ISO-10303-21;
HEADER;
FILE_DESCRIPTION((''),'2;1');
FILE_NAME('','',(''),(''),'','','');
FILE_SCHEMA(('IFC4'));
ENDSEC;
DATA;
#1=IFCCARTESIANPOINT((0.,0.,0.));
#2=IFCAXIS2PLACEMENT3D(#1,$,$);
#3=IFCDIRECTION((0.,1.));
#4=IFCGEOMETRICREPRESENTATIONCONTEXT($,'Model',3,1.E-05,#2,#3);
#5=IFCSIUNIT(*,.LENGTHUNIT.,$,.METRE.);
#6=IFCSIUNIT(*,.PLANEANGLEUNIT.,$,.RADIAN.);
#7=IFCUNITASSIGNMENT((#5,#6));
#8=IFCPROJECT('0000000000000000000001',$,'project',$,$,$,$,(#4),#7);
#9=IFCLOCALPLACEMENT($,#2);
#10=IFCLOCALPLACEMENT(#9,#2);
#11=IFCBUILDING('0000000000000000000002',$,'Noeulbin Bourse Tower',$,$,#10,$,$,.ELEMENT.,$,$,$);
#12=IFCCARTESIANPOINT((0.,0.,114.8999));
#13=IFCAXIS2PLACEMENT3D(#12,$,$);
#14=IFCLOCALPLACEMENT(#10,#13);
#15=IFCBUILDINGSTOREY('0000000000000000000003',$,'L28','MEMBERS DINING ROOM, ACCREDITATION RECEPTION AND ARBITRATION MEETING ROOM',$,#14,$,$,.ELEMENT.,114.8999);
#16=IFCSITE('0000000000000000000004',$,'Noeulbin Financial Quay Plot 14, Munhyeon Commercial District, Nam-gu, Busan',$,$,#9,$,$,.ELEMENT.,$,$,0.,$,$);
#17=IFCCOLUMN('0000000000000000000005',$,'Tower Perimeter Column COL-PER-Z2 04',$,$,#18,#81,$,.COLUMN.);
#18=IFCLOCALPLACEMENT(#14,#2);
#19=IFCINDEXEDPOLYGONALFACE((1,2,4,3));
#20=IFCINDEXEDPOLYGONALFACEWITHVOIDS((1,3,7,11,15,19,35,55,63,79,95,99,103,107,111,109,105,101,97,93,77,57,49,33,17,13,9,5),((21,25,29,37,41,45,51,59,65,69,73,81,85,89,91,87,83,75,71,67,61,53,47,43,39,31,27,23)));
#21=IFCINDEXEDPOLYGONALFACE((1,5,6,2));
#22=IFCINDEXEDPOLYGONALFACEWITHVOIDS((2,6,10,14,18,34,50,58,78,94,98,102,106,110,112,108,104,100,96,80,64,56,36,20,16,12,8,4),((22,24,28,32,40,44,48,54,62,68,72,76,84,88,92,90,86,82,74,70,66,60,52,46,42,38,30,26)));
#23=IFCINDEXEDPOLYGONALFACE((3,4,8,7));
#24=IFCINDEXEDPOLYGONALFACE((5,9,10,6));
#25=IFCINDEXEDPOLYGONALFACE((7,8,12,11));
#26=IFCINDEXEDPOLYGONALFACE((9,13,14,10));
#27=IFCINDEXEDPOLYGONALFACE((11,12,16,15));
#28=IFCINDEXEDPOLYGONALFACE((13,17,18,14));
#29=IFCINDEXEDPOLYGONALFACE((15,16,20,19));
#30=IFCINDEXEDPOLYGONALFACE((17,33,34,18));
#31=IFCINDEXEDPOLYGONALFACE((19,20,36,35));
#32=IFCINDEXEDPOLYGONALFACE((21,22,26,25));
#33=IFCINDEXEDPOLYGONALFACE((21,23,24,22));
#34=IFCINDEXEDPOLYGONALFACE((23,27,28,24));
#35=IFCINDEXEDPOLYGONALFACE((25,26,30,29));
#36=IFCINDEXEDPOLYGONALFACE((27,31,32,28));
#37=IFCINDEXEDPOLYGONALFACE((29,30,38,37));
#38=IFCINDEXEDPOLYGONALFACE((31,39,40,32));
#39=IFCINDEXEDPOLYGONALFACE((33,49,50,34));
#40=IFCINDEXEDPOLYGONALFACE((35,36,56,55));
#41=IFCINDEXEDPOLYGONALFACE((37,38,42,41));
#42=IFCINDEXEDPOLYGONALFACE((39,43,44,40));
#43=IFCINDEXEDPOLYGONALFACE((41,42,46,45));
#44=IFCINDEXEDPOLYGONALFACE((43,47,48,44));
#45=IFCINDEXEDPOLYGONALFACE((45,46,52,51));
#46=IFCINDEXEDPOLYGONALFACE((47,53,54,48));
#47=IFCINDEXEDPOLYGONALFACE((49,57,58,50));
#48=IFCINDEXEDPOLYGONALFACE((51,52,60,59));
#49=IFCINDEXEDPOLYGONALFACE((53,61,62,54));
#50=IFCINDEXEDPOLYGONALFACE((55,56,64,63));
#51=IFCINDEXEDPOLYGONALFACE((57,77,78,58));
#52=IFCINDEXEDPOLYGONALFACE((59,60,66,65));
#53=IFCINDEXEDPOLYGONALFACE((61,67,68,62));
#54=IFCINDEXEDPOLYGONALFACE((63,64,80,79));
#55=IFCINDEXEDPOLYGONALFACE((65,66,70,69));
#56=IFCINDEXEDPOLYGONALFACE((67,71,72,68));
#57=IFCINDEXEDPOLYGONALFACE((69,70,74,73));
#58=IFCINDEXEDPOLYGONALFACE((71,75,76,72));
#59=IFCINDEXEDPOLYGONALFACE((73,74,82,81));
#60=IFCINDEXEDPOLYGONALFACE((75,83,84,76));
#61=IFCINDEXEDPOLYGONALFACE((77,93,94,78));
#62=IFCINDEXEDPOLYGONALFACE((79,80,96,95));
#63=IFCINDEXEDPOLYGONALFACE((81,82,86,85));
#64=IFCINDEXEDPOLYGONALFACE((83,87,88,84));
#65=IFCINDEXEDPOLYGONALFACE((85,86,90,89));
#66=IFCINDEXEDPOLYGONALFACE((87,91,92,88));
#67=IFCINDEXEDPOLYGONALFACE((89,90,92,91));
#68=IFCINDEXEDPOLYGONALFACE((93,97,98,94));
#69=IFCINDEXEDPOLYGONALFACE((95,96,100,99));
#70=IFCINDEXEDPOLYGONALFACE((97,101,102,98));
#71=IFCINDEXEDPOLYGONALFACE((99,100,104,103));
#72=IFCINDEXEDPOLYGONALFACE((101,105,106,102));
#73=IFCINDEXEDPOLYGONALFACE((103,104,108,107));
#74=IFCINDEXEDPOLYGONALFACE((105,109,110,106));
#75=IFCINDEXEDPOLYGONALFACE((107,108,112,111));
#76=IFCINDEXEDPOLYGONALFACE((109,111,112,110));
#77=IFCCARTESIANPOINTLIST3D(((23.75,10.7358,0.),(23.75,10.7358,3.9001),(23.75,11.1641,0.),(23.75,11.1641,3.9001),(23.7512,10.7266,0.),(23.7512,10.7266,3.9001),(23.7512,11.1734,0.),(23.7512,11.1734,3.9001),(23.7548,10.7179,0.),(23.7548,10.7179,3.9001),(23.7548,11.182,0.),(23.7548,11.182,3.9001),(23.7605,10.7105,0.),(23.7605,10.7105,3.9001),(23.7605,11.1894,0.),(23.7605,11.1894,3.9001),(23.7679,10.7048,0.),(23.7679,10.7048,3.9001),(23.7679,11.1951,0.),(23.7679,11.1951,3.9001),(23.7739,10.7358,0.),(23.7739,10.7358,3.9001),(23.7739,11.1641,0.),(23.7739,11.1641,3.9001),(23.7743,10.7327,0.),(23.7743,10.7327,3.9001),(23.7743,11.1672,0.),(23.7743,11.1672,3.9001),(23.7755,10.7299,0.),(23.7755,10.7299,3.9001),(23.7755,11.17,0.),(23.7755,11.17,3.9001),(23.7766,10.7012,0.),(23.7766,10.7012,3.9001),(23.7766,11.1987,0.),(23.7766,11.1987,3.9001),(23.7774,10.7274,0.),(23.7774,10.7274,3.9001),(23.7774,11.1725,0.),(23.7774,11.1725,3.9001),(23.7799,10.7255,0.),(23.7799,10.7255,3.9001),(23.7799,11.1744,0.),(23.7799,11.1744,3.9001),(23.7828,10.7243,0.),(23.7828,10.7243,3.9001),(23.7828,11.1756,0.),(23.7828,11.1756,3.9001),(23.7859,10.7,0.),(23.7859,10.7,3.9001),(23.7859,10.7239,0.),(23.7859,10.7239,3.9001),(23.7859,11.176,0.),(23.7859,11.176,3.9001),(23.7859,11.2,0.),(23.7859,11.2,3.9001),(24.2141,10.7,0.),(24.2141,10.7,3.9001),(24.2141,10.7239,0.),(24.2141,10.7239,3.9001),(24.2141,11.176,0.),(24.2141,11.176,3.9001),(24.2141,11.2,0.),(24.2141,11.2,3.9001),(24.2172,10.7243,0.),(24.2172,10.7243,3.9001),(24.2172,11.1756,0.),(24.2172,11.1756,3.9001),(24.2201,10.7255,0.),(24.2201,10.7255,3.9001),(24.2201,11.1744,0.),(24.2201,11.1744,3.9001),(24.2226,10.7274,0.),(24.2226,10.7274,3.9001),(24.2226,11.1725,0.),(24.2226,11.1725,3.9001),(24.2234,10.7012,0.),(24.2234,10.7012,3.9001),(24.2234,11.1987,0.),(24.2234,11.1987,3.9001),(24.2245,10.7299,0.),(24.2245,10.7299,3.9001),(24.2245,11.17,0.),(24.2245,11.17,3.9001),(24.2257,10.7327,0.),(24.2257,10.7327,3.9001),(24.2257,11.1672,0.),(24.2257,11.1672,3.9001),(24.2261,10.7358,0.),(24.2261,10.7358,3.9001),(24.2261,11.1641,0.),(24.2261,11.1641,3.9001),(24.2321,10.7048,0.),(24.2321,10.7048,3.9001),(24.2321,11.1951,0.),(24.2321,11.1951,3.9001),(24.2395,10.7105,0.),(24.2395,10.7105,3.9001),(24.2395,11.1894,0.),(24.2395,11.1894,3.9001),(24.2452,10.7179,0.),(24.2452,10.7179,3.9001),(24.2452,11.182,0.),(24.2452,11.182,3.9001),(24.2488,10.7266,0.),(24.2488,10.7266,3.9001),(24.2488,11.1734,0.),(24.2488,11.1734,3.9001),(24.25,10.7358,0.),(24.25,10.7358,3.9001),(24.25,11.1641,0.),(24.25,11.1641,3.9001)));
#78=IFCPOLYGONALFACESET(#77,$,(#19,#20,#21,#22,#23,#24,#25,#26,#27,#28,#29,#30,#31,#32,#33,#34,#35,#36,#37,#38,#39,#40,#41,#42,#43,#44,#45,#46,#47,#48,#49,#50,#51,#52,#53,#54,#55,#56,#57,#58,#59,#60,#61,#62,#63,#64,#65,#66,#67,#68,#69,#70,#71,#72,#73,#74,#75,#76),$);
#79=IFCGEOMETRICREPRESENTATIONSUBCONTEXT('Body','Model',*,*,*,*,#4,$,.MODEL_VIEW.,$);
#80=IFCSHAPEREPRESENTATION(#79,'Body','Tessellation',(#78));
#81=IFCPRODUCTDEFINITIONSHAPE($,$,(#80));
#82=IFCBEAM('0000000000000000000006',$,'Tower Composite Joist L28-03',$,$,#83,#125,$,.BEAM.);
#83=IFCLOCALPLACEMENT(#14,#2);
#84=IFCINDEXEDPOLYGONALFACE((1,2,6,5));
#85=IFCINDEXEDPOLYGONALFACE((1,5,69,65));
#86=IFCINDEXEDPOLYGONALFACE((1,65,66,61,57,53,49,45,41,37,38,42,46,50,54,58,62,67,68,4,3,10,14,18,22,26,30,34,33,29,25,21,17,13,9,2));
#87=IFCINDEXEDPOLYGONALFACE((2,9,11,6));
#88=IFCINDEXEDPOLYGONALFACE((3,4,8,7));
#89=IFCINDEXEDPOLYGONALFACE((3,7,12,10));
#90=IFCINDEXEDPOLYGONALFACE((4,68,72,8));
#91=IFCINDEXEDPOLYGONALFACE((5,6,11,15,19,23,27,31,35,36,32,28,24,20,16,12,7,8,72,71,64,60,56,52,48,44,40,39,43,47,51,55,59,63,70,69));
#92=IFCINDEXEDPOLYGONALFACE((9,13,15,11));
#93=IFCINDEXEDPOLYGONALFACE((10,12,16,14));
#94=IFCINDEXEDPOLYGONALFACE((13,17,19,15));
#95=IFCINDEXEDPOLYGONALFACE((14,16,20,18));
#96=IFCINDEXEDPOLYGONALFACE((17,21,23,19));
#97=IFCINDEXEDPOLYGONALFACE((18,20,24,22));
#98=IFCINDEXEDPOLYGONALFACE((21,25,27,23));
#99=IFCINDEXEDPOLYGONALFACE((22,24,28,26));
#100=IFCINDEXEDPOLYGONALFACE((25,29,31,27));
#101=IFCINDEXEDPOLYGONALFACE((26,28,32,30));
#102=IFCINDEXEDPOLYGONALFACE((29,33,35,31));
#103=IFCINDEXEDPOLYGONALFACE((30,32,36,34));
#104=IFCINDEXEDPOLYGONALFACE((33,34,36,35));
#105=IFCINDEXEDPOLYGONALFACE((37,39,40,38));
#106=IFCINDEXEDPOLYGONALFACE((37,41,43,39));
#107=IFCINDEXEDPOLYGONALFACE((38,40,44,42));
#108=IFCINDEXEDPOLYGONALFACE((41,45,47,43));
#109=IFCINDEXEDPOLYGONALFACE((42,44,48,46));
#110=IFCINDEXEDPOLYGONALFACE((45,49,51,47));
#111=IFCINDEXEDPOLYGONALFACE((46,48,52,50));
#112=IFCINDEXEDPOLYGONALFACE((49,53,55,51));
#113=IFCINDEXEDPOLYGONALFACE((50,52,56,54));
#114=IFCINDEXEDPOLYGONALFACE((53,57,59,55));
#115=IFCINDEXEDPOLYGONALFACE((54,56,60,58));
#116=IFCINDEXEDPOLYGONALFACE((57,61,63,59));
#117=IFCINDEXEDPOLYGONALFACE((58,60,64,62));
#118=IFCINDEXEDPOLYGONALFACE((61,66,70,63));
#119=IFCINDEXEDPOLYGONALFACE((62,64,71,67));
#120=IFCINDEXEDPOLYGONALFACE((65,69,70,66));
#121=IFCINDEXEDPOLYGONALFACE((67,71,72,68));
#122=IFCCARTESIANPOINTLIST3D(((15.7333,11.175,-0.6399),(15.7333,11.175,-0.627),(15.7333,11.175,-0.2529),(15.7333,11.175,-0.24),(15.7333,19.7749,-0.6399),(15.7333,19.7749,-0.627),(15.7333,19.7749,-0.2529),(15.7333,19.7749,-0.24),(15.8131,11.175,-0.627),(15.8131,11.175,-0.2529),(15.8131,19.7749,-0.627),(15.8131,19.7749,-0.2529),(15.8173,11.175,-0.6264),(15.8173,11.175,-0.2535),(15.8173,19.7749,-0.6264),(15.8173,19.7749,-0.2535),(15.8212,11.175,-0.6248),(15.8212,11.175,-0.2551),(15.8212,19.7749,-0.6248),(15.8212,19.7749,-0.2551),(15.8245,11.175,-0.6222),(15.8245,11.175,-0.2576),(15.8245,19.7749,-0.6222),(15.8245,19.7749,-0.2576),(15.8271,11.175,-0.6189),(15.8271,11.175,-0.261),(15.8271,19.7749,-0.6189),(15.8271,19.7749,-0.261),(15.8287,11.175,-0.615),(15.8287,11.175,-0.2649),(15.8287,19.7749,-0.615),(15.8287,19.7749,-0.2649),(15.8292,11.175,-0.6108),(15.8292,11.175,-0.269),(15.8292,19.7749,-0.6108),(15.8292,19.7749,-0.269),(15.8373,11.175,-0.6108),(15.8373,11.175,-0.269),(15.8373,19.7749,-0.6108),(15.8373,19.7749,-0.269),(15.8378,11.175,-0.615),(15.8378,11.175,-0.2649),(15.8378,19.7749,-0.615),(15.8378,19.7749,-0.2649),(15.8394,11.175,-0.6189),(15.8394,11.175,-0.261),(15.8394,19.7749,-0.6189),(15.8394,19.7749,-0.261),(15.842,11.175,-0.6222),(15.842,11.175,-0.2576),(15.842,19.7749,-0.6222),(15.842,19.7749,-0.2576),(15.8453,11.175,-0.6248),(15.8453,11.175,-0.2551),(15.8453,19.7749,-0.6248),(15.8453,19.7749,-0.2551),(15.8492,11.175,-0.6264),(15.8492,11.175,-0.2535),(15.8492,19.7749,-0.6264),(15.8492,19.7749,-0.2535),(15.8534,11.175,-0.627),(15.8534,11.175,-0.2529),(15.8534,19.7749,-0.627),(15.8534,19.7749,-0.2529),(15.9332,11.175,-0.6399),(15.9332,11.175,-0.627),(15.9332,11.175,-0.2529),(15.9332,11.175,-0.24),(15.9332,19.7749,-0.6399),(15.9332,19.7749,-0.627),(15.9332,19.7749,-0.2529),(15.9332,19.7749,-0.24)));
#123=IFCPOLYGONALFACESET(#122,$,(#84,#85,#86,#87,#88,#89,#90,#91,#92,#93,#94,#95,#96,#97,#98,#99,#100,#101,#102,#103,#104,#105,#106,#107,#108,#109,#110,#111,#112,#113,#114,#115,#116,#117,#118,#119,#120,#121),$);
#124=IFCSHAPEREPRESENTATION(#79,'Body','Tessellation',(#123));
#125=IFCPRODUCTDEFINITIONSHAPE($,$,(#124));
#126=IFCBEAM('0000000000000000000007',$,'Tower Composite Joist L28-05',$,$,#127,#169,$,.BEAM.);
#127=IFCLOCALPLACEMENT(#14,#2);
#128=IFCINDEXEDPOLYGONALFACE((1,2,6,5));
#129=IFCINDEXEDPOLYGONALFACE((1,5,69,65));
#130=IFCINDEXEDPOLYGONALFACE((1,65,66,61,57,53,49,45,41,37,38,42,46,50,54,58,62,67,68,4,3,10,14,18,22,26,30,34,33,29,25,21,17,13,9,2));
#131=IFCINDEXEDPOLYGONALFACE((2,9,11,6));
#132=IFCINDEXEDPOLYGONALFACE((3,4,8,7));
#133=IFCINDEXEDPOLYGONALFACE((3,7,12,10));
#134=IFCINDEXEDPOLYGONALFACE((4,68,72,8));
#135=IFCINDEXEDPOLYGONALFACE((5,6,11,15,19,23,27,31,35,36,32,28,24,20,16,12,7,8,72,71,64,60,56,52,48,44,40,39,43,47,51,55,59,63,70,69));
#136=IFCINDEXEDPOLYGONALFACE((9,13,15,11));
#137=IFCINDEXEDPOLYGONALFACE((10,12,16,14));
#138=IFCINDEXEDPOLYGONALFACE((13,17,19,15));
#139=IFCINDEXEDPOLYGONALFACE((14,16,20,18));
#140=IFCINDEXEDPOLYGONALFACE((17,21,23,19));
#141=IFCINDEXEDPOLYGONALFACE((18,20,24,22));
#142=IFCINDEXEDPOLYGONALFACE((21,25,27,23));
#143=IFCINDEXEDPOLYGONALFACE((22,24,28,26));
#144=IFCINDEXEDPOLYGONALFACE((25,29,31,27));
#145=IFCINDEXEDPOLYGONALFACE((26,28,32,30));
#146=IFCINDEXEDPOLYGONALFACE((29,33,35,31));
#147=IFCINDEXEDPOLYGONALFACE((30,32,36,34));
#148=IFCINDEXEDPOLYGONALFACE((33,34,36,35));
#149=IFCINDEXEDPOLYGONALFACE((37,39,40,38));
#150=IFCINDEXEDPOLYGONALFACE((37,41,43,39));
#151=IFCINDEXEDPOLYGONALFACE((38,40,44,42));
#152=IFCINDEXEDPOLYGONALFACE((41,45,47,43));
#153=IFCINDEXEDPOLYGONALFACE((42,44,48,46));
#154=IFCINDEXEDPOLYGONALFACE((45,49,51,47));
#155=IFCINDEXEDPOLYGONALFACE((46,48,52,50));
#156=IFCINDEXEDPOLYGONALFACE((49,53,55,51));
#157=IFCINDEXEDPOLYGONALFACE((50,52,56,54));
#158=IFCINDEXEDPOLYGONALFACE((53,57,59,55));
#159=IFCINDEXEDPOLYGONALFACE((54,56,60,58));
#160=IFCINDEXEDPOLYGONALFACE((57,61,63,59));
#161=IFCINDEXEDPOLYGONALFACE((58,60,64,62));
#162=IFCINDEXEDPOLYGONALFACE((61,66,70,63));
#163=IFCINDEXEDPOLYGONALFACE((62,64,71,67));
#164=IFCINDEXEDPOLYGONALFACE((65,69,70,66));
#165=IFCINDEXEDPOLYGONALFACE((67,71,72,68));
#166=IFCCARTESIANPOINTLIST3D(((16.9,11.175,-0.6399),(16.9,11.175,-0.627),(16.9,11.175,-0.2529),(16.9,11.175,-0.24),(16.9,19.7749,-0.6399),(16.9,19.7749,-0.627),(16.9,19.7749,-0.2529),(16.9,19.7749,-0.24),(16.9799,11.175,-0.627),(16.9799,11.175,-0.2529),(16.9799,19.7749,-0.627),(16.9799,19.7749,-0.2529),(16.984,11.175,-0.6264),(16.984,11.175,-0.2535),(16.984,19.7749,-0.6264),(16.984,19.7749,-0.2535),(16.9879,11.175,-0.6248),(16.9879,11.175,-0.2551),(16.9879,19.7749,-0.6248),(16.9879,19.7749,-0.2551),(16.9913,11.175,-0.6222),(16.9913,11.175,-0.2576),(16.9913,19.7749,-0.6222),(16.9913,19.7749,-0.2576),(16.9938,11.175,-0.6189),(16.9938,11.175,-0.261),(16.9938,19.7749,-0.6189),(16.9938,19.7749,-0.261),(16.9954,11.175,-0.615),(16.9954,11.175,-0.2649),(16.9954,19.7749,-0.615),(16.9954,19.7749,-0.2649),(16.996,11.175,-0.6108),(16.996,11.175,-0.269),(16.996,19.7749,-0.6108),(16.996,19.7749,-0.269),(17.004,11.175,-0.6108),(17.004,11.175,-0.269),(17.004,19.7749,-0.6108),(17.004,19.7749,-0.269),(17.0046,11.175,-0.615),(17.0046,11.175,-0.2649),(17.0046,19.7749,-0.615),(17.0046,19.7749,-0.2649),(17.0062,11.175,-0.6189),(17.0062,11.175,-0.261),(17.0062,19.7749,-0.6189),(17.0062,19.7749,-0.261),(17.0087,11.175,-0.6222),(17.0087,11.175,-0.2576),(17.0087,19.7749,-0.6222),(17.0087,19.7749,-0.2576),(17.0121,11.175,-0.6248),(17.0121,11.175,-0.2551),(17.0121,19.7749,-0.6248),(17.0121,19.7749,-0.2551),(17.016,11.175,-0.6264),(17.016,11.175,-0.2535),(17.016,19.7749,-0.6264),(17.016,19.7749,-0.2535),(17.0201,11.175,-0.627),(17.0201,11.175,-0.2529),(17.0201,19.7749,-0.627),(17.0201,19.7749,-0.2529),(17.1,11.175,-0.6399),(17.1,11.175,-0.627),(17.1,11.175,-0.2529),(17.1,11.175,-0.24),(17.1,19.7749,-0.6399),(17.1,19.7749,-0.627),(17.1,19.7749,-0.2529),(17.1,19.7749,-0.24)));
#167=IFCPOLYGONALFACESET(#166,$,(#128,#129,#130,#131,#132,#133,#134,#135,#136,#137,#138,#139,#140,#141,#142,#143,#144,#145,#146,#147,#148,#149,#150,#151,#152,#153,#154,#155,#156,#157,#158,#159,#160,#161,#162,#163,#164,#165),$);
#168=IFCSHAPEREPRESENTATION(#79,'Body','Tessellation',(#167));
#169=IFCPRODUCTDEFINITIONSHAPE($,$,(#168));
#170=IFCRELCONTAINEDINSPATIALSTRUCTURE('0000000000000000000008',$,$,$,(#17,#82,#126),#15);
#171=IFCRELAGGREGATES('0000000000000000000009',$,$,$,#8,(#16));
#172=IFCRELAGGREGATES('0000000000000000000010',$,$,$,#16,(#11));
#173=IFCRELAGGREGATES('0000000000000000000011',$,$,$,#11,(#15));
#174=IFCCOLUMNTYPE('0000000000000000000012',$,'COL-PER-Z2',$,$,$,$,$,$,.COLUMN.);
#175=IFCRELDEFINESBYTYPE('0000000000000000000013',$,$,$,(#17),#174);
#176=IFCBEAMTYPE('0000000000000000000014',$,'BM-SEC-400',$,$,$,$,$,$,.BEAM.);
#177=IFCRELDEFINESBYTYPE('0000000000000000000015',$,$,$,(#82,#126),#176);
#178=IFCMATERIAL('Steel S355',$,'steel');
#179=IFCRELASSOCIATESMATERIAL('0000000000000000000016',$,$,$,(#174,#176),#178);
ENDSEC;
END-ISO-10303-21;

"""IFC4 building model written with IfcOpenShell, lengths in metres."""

from ifc_helpers import new_model, si_unit, direction, frame, origin, origin_2d, place, context, subcontext, project, spatial, hollow_rectangle, i_section, extrude, material, material_profile, profile_set, type_object, element, save


model = new_model("IFC4")

# Units and contexts
model_context = context("Model", 3, precision=1e-05, world=origin(), true_north=direction((0.0, 1.0)))
body_context = subcontext(model_context, "Body", "Model", "MODEL_VIEW")
ifc_project = project(units=[si_unit("LENGTHUNIT", "METRE"), si_unit("PLANEANGLEUNIT", "RADIAN")], contexts=[model_context])

# Site, building, storey
site_placement = place(None, origin())
site = spatial("IfcSite", under=ifc_project, at=site_placement, Name="Noeulbin Financial Quay Plot 14, Munhyeon Commercial District, Nam-gu, Busan", CompositionType="ELEMENT", RefElevation=0.0)
building_placement = place(site_placement, origin())
building = spatial("IfcBuilding", under=site, at=building_placement, Name="Noeulbin Bourse Tower", CompositionType="ELEMENT")
storey_placement = place(building_placement, frame((0.0, 0.0, 114.8999)))
storey = spatial("IfcBuildingStorey", under=building, at=storey_placement, Name="L28", Description="MEMBERS DINING ROOM, ACCREDITATION RECEPTION AND ARBITRATION MEETING ROOM", CompositionType="ELEMENT", Elevation=114.8999)

# Column
ifc_material_1 = material(Name="Steel S355", Category="steel")
ifc_material_profile_1 = material_profile(ifc_material_1, hollow_rectangle(XDim=0.5, YDim=0.5, WallThickness=0.0239, InnerFilletRadius=0.012, OuterFilletRadius=0.0359, at=origin_2d()), Name="BOX-500x500x24", Category="LoadBearing")
ifc_profile_set_1 = profile_set([ifc_material_profile_1], Name="Steel S355")
column_type = type_object("IfcColumnType", Name="COL-PER-Z2", PredefinedType="COLUMN", material=ifc_profile_set_1)
column_placement = place(storey_placement, frame((24.0, 10.95, 0.0), z_axis=(0.0, 0.0, 1.0), x_axis=(1.0, 0.0, 0.0)))
element("IfcColumn", 1, at=column_placement, inside=storey, type_object=column_type, Name="Tower Perimeter Column COL-PER-Z2 04", PredefinedType="COLUMN", context=body_context, shape_type="SweptSolid", body=[
    extrude(hollow_rectangle(XDim=0.5, YDim=0.5, WallThickness=0.0239, InnerFilletRadius=0.012, OuterFilletRadius=0.0359, at=origin_2d()), origin(), (0.0, 0.0, 1.0), 3.9001),
])

# Beams
ifc_material_profile_2 = material_profile(ifc_material_1, i_section(OverallWidth=0.2, OverallDepth=0.3999, WebThickness=0.0081, FlangeThickness=0.0129, FilletRadius=0.0161, at=origin_2d()), Name="H-400x200x8x13", Category="LoadBearing")
ifc_profile_set_2 = profile_set([ifc_material_profile_2], Name="Steel S355")
beam_type_1 = type_object("IfcBeamType", Name="BM-SEC-400", PredefinedType="BEAM", material=ifc_profile_set_2)
for number, where, z_axis, x_axis, name in (
    (2, (15.8333, 11.175, -0.4399), (0.0, 1.0, 0.0), (-1.0, 0.0, 0.0), "Tower Composite Joist L28-03"),
    (3, (17.0, 11.175, -0.4399), (0.0, 1.0, 0.0), (-1.0, 0.0, 0.0), "Tower Composite Joist L28-05"),
):
    element("IfcBeam", number, at=place(storey_placement, frame(where, z_axis=z_axis, x_axis=x_axis)), inside=storey, type_object=beam_type_1, Name=name, PredefinedType="BEAM", context=body_context, shape_type="SweptSolid", body=[
        extrude(i_section(OverallWidth=0.2, OverallDepth=0.3999, WebThickness=0.0081, FlangeThickness=0.0129, FilletRadius=0.0161, at=origin_2d()), origin(), (0.0, 0.0, 1.0), 8.5999),
    ])

save(model, "model.ifc")
